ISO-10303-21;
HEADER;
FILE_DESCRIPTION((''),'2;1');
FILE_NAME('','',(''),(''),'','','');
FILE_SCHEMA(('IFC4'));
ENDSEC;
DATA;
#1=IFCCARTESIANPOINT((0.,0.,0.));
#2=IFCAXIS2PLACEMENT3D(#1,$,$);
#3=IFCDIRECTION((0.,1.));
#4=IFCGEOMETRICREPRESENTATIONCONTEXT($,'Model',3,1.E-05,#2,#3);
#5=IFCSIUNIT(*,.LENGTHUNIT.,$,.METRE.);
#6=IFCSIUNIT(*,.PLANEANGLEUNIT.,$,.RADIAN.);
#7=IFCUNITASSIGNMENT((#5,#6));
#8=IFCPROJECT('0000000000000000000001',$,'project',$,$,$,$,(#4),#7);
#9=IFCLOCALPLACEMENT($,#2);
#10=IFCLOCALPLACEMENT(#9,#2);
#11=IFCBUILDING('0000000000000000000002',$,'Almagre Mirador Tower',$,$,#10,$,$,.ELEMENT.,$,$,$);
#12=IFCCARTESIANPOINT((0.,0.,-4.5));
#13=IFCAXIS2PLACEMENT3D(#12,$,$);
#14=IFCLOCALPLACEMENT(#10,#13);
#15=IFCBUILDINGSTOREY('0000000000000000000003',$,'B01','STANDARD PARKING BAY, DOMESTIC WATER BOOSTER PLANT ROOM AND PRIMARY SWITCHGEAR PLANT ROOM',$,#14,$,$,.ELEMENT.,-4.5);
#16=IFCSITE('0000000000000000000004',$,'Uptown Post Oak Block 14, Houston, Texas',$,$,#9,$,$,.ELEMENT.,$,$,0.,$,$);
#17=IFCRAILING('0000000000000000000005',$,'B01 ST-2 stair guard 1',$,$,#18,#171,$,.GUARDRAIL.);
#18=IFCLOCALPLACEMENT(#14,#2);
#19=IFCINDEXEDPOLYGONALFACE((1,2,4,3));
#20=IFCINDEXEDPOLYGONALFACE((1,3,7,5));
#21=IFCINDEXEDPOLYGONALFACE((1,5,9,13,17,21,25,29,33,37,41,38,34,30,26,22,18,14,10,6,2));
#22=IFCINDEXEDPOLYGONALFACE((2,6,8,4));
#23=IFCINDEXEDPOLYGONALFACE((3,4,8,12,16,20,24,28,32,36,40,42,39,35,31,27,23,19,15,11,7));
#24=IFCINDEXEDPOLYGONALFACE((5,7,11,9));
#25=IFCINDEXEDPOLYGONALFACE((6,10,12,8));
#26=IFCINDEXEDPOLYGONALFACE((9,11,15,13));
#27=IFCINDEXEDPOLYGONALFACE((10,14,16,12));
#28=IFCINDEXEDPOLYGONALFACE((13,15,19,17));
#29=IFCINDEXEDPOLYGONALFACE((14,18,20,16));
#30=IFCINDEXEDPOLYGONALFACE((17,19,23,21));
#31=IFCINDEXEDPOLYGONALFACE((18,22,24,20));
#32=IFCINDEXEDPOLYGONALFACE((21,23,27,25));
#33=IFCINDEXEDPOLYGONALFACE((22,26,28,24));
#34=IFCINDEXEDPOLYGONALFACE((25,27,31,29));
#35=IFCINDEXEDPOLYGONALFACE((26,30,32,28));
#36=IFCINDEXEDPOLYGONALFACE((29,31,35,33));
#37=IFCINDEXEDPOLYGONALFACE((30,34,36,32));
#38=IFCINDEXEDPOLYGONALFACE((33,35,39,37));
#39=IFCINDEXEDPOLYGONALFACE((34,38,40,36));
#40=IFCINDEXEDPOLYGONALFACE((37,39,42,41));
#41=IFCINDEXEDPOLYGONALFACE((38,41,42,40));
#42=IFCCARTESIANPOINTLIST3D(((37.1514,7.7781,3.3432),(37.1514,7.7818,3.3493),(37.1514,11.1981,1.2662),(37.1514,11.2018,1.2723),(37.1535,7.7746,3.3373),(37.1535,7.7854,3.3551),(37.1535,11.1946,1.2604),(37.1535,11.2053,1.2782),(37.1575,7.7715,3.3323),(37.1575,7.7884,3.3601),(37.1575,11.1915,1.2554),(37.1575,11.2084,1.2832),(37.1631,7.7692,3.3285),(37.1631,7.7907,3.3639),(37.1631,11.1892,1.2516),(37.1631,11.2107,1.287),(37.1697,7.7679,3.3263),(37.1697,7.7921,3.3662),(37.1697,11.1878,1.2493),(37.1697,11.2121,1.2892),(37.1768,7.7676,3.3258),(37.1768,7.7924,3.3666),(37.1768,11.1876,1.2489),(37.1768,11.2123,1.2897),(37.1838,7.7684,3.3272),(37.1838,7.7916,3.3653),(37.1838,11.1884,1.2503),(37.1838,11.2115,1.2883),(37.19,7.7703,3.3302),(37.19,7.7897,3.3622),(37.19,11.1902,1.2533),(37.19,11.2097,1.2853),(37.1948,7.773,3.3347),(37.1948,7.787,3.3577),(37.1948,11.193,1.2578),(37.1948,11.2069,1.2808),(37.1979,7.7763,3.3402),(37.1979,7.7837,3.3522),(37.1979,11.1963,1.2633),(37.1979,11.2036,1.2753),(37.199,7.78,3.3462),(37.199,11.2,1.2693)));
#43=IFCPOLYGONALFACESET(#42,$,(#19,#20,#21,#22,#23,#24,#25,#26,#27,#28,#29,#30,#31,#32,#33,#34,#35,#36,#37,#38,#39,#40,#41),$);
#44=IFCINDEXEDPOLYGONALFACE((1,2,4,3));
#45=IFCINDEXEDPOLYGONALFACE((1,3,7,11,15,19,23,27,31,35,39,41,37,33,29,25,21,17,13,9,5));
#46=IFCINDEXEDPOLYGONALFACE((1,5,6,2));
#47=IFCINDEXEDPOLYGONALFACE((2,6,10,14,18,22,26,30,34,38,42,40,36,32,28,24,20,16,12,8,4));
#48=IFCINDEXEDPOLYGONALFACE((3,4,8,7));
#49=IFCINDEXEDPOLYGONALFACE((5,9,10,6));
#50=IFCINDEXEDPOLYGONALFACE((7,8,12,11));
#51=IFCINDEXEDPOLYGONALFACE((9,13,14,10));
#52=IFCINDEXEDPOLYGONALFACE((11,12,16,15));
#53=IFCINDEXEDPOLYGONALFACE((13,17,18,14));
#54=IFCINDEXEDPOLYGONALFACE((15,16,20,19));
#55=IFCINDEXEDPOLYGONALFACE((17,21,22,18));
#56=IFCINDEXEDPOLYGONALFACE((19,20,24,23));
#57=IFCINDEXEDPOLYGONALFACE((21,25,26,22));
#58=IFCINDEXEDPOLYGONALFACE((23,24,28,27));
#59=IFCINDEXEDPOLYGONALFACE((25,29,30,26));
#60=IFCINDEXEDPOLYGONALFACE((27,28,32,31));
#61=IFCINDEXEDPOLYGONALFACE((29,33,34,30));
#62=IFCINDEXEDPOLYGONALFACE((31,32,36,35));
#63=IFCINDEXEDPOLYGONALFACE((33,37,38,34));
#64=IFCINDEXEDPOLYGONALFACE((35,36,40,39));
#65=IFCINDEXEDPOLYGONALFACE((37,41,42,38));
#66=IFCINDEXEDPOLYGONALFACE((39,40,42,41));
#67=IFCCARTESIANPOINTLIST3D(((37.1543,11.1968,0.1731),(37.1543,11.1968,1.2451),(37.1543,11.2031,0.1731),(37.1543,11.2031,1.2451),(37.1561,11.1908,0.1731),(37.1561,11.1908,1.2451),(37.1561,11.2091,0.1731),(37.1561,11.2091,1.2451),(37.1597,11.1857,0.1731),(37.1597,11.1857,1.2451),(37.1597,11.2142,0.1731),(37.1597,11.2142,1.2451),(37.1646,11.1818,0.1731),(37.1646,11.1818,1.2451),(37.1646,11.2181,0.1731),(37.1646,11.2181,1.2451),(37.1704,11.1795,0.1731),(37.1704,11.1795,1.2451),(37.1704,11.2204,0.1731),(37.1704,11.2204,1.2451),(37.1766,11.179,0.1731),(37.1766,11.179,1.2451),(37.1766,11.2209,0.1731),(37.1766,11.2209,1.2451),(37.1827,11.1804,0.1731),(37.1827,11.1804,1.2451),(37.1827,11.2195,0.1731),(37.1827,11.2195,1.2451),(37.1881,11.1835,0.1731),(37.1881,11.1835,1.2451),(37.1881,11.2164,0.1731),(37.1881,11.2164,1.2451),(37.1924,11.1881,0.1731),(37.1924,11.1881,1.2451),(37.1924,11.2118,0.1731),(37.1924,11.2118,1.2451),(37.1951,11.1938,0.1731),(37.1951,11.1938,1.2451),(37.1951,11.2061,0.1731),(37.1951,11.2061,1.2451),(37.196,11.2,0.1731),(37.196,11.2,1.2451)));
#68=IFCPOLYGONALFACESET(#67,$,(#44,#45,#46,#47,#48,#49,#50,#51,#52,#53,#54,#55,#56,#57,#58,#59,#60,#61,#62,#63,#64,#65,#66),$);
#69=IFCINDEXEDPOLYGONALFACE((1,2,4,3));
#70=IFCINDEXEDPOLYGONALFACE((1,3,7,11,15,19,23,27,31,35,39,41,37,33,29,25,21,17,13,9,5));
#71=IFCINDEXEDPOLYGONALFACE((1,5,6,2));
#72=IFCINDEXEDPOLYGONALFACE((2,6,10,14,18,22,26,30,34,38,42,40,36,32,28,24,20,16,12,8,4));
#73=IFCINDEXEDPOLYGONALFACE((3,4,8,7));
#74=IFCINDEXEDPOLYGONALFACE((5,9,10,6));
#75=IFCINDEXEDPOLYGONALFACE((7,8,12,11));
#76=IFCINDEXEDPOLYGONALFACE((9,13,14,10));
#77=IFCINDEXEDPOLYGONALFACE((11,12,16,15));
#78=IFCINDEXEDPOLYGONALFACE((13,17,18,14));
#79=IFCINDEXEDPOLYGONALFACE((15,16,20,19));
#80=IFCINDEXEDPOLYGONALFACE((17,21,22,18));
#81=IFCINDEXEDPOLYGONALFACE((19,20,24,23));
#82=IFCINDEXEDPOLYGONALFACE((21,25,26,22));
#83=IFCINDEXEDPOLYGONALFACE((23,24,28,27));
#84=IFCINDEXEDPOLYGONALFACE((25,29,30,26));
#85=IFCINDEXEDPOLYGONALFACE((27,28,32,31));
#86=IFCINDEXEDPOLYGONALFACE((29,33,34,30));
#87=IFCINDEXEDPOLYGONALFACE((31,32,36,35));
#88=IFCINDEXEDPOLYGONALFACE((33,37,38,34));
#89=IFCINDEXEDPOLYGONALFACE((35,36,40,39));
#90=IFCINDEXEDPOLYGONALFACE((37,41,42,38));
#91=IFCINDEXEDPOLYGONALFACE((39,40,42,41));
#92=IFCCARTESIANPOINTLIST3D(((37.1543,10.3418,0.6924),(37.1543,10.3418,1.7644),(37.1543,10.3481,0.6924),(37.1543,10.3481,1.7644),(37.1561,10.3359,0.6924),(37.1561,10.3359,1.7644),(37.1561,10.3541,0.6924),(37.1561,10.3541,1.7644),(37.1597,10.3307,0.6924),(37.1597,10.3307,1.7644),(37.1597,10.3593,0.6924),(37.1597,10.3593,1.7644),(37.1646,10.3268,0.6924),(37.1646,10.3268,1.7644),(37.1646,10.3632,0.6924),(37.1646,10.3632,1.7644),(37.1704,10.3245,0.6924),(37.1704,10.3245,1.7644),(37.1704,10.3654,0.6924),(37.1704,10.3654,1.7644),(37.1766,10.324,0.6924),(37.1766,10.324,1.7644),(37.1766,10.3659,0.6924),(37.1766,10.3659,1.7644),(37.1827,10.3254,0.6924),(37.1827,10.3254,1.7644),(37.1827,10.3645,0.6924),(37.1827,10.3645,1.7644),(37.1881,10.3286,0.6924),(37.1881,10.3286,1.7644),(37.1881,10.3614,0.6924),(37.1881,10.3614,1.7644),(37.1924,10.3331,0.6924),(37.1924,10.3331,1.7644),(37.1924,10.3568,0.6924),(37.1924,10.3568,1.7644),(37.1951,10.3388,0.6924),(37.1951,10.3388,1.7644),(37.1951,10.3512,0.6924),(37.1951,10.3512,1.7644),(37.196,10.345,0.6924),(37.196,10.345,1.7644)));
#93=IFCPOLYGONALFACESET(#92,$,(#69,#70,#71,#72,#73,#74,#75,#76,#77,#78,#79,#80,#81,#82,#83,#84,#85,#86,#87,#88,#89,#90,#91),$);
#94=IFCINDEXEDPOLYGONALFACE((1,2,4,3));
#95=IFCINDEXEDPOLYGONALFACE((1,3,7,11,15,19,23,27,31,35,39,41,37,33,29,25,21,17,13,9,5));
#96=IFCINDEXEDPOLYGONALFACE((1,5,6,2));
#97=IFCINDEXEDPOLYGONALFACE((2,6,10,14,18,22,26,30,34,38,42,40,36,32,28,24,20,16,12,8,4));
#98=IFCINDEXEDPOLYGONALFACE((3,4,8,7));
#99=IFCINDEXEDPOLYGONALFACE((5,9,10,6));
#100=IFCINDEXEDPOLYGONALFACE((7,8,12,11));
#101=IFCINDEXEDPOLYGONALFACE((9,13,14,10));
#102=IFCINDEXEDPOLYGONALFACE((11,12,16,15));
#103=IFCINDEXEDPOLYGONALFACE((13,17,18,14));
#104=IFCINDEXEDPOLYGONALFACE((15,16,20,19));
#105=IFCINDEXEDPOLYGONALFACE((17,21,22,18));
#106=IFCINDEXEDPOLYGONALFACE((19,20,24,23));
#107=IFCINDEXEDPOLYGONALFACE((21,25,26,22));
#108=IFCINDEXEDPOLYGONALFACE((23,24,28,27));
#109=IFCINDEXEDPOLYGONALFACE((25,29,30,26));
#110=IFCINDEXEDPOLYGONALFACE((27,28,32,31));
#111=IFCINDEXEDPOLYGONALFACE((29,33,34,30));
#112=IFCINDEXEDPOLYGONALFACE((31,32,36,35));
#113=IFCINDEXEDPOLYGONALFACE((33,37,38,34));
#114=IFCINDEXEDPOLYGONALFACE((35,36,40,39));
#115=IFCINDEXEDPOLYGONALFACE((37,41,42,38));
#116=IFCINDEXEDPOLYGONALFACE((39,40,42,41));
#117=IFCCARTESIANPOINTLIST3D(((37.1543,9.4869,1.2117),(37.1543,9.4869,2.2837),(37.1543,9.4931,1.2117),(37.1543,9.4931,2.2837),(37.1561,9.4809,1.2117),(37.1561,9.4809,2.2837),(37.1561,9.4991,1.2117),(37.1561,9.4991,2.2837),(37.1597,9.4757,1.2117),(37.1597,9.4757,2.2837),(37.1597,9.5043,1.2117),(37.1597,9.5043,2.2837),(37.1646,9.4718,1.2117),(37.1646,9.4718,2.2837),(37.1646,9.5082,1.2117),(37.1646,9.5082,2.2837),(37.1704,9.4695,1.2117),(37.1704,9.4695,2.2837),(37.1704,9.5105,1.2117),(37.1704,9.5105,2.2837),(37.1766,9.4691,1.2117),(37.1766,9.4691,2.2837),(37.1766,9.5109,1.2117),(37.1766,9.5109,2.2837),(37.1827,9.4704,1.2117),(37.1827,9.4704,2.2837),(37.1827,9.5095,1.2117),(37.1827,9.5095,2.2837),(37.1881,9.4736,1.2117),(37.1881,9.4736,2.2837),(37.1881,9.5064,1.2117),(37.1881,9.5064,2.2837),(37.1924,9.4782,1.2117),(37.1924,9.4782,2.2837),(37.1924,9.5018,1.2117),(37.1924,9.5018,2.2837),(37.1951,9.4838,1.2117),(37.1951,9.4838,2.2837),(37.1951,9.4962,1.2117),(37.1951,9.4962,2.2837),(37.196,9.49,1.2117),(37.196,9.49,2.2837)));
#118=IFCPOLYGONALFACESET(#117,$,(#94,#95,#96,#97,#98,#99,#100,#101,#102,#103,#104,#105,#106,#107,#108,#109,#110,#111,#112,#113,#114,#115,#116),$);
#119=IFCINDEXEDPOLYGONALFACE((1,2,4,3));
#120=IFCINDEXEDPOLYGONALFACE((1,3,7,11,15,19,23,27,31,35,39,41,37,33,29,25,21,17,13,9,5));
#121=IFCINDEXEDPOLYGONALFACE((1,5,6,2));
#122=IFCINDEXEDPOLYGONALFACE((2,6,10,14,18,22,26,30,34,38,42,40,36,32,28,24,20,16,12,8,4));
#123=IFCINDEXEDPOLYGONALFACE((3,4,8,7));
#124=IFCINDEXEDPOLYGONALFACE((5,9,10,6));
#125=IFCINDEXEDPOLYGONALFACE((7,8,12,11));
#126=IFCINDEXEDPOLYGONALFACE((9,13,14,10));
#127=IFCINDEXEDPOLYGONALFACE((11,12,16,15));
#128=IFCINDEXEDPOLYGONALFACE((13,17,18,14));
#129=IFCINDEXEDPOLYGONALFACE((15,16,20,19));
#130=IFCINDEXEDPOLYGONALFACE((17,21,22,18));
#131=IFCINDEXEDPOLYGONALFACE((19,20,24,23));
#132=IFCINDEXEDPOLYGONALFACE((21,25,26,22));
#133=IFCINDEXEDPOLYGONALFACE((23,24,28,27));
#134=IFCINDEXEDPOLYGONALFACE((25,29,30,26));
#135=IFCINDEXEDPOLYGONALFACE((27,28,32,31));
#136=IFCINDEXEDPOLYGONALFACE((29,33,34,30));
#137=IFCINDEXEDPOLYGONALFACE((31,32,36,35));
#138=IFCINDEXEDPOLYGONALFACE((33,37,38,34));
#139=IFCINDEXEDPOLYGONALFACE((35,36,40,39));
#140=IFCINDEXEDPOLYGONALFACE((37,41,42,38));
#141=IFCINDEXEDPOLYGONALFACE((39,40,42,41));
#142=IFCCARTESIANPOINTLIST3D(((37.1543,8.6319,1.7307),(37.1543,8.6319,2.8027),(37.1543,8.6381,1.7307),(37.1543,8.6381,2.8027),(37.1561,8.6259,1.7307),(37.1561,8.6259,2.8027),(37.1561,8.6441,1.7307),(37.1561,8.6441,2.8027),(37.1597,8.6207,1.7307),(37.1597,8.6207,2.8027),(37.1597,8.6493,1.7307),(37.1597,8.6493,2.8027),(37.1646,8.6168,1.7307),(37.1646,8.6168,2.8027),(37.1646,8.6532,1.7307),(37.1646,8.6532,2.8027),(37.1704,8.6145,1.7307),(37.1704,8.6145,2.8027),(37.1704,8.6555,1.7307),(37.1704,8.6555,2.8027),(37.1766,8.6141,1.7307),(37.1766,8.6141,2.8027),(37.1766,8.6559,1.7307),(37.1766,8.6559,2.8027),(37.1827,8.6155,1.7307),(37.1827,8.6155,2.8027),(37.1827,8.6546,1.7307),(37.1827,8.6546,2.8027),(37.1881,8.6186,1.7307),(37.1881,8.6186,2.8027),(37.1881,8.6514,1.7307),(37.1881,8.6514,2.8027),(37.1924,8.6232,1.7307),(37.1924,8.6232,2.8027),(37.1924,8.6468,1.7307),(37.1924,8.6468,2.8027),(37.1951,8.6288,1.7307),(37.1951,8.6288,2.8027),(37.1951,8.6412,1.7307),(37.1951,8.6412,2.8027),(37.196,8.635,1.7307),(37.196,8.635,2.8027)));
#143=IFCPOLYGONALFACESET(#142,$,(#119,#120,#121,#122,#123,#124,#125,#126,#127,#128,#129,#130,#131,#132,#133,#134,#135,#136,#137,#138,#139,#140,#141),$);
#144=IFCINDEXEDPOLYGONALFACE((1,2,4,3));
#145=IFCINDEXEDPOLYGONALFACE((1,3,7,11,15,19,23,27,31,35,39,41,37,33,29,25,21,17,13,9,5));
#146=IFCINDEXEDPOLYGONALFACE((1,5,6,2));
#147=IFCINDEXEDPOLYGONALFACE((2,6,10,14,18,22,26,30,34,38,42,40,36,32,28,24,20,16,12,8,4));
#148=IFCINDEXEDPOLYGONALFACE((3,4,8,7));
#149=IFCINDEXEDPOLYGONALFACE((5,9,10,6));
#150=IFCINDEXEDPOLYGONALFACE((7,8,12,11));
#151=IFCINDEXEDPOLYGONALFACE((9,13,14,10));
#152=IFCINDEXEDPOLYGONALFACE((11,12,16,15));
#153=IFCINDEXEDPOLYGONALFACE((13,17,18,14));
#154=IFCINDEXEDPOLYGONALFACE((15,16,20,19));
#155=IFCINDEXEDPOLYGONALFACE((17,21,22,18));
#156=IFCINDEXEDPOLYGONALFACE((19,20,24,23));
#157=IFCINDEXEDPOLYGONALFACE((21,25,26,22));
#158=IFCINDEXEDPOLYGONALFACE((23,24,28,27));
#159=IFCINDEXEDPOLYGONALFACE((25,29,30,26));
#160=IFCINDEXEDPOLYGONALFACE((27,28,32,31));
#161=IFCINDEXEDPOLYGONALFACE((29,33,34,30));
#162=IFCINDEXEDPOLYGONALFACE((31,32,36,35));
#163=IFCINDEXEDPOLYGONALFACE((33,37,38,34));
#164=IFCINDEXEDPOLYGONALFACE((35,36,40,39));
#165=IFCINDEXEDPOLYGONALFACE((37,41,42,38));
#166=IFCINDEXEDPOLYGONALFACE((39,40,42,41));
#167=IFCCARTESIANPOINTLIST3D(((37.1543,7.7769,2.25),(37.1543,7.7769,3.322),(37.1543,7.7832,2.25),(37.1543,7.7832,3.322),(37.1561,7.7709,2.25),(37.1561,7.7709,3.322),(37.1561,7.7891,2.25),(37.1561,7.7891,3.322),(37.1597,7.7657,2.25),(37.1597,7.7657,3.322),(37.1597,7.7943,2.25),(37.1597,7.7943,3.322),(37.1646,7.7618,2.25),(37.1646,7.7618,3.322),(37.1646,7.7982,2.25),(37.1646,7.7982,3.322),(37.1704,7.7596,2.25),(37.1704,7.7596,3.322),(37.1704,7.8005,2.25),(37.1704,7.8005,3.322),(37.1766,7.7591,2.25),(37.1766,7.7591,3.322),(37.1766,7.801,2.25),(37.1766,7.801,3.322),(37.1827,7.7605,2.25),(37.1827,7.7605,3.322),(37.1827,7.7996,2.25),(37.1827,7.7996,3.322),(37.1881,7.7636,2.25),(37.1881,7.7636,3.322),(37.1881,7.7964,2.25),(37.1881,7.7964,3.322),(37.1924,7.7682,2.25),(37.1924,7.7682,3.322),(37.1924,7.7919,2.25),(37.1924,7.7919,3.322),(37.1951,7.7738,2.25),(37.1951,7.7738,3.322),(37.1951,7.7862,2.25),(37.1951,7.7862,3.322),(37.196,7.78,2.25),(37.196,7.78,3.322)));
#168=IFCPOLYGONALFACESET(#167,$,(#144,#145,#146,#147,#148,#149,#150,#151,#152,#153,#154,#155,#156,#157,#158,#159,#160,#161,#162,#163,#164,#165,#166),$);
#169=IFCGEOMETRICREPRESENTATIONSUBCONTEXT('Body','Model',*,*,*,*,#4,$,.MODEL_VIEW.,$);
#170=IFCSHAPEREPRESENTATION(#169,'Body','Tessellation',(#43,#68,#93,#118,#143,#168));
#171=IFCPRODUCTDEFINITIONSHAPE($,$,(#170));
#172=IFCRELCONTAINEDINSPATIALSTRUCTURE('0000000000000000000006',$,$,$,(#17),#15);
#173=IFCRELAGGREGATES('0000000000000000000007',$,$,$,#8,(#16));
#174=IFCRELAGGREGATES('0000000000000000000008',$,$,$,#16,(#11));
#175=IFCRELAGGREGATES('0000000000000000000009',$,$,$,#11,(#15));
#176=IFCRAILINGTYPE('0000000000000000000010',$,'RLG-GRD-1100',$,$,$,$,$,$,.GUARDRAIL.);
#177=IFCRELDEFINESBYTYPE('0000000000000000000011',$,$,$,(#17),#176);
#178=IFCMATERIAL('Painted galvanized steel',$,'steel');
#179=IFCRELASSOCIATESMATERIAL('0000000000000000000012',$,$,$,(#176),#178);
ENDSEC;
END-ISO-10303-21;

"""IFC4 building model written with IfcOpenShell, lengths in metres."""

from ifc_helpers import new_model, si_unit, direction, frame, origin, origin_2d, place, context, subcontext, project, spatial, circle, extrude, material, type_object, element, save


model = new_model("IFC4")

# Units and contexts
model_context = context("Model", 3, precision=1e-05, world=origin(), true_north=direction((0.0, 1.0)))
body_context = subcontext(model_context, "Body", "Model", "MODEL_VIEW")
ifc_project = project(units=[si_unit("LENGTHUNIT", "METRE"), si_unit("PLANEANGLEUNIT", "RADIAN")], contexts=[model_context])

# Site, building, storey
site_placement = place(None, origin())
site = spatial("IfcSite", under=ifc_project, at=site_placement, Name="Uptown Post Oak Block 14, Houston, Texas", CompositionType="ELEMENT", RefElevation=0.0)
building_placement = place(site_placement, origin())
building = spatial("IfcBuilding", under=site, at=building_placement, Name="Almagre Mirador Tower", CompositionType="ELEMENT")
storey_placement = place(building_placement, frame((0.0, 0.0, -4.5)))
storey = spatial("IfcBuildingStorey", under=building, at=storey_placement, Name="B01", Description="STANDARD PARKING BAY, DOMESTIC WATER BOOSTER PLANT ROOM AND PRIMARY SWITCHGEAR PLANT ROOM", CompositionType="ELEMENT", Elevation=-4.5)

# Railing
ifc_material_1 = material(Name="Painted galvanized steel", Category="steel")
railing_type_1 = type_object("IfcRailingType", Name="RLG-GRD-1100", PredefinedType="GUARDRAIL", material=ifc_material_1)
railing_1_placement = place(storey_placement, frame((37.175, 11.2, 0.1731)))
element("IfcRailing", 1, at=railing_1_placement, inside=storey, type_object=railing_type_1, Name="B01 ST-2 stair guard 1", PredefinedType="GUARDRAIL", context=body_context, shape_type="SweptSolid", body=[
    extrude(circle(Radius=0.0239, at=origin_2d()), frame((0.0, 0.0, 1.0962), z_axis=(0.0, -0.85473, 0.519074), x_axis=(1.0, 0.0, 0.0)), (0.0, 0.0, 1.0), 4.0012),
    extrude(circle(Radius=0.021, at=origin_2d()), origin(), (0.0, 0.0, 1.0), 1.072),
    extrude(circle(Radius=0.021, at=origin_2d()), frame((0.0, -0.855, 0.5193)), (0.0, 0.0, 1.0), 1.072),
    extrude(circle(Radius=0.021, at=origin_2d()), frame((0.0, -1.71, 1.0386)), (0.0, 0.0, 1.0), 1.072),
    extrude(circle(Radius=0.021, at=origin_2d()), frame((0.0, -2.5649, 1.5576)), (0.0, 0.0, 1.0), 1.072),
    extrude(circle(Radius=0.021, at=origin_2d()), frame((0.0, -3.4199, 2.0769)), (0.0, 0.0, 1.0), 1.072),
])

save(model, "model.ifc")
